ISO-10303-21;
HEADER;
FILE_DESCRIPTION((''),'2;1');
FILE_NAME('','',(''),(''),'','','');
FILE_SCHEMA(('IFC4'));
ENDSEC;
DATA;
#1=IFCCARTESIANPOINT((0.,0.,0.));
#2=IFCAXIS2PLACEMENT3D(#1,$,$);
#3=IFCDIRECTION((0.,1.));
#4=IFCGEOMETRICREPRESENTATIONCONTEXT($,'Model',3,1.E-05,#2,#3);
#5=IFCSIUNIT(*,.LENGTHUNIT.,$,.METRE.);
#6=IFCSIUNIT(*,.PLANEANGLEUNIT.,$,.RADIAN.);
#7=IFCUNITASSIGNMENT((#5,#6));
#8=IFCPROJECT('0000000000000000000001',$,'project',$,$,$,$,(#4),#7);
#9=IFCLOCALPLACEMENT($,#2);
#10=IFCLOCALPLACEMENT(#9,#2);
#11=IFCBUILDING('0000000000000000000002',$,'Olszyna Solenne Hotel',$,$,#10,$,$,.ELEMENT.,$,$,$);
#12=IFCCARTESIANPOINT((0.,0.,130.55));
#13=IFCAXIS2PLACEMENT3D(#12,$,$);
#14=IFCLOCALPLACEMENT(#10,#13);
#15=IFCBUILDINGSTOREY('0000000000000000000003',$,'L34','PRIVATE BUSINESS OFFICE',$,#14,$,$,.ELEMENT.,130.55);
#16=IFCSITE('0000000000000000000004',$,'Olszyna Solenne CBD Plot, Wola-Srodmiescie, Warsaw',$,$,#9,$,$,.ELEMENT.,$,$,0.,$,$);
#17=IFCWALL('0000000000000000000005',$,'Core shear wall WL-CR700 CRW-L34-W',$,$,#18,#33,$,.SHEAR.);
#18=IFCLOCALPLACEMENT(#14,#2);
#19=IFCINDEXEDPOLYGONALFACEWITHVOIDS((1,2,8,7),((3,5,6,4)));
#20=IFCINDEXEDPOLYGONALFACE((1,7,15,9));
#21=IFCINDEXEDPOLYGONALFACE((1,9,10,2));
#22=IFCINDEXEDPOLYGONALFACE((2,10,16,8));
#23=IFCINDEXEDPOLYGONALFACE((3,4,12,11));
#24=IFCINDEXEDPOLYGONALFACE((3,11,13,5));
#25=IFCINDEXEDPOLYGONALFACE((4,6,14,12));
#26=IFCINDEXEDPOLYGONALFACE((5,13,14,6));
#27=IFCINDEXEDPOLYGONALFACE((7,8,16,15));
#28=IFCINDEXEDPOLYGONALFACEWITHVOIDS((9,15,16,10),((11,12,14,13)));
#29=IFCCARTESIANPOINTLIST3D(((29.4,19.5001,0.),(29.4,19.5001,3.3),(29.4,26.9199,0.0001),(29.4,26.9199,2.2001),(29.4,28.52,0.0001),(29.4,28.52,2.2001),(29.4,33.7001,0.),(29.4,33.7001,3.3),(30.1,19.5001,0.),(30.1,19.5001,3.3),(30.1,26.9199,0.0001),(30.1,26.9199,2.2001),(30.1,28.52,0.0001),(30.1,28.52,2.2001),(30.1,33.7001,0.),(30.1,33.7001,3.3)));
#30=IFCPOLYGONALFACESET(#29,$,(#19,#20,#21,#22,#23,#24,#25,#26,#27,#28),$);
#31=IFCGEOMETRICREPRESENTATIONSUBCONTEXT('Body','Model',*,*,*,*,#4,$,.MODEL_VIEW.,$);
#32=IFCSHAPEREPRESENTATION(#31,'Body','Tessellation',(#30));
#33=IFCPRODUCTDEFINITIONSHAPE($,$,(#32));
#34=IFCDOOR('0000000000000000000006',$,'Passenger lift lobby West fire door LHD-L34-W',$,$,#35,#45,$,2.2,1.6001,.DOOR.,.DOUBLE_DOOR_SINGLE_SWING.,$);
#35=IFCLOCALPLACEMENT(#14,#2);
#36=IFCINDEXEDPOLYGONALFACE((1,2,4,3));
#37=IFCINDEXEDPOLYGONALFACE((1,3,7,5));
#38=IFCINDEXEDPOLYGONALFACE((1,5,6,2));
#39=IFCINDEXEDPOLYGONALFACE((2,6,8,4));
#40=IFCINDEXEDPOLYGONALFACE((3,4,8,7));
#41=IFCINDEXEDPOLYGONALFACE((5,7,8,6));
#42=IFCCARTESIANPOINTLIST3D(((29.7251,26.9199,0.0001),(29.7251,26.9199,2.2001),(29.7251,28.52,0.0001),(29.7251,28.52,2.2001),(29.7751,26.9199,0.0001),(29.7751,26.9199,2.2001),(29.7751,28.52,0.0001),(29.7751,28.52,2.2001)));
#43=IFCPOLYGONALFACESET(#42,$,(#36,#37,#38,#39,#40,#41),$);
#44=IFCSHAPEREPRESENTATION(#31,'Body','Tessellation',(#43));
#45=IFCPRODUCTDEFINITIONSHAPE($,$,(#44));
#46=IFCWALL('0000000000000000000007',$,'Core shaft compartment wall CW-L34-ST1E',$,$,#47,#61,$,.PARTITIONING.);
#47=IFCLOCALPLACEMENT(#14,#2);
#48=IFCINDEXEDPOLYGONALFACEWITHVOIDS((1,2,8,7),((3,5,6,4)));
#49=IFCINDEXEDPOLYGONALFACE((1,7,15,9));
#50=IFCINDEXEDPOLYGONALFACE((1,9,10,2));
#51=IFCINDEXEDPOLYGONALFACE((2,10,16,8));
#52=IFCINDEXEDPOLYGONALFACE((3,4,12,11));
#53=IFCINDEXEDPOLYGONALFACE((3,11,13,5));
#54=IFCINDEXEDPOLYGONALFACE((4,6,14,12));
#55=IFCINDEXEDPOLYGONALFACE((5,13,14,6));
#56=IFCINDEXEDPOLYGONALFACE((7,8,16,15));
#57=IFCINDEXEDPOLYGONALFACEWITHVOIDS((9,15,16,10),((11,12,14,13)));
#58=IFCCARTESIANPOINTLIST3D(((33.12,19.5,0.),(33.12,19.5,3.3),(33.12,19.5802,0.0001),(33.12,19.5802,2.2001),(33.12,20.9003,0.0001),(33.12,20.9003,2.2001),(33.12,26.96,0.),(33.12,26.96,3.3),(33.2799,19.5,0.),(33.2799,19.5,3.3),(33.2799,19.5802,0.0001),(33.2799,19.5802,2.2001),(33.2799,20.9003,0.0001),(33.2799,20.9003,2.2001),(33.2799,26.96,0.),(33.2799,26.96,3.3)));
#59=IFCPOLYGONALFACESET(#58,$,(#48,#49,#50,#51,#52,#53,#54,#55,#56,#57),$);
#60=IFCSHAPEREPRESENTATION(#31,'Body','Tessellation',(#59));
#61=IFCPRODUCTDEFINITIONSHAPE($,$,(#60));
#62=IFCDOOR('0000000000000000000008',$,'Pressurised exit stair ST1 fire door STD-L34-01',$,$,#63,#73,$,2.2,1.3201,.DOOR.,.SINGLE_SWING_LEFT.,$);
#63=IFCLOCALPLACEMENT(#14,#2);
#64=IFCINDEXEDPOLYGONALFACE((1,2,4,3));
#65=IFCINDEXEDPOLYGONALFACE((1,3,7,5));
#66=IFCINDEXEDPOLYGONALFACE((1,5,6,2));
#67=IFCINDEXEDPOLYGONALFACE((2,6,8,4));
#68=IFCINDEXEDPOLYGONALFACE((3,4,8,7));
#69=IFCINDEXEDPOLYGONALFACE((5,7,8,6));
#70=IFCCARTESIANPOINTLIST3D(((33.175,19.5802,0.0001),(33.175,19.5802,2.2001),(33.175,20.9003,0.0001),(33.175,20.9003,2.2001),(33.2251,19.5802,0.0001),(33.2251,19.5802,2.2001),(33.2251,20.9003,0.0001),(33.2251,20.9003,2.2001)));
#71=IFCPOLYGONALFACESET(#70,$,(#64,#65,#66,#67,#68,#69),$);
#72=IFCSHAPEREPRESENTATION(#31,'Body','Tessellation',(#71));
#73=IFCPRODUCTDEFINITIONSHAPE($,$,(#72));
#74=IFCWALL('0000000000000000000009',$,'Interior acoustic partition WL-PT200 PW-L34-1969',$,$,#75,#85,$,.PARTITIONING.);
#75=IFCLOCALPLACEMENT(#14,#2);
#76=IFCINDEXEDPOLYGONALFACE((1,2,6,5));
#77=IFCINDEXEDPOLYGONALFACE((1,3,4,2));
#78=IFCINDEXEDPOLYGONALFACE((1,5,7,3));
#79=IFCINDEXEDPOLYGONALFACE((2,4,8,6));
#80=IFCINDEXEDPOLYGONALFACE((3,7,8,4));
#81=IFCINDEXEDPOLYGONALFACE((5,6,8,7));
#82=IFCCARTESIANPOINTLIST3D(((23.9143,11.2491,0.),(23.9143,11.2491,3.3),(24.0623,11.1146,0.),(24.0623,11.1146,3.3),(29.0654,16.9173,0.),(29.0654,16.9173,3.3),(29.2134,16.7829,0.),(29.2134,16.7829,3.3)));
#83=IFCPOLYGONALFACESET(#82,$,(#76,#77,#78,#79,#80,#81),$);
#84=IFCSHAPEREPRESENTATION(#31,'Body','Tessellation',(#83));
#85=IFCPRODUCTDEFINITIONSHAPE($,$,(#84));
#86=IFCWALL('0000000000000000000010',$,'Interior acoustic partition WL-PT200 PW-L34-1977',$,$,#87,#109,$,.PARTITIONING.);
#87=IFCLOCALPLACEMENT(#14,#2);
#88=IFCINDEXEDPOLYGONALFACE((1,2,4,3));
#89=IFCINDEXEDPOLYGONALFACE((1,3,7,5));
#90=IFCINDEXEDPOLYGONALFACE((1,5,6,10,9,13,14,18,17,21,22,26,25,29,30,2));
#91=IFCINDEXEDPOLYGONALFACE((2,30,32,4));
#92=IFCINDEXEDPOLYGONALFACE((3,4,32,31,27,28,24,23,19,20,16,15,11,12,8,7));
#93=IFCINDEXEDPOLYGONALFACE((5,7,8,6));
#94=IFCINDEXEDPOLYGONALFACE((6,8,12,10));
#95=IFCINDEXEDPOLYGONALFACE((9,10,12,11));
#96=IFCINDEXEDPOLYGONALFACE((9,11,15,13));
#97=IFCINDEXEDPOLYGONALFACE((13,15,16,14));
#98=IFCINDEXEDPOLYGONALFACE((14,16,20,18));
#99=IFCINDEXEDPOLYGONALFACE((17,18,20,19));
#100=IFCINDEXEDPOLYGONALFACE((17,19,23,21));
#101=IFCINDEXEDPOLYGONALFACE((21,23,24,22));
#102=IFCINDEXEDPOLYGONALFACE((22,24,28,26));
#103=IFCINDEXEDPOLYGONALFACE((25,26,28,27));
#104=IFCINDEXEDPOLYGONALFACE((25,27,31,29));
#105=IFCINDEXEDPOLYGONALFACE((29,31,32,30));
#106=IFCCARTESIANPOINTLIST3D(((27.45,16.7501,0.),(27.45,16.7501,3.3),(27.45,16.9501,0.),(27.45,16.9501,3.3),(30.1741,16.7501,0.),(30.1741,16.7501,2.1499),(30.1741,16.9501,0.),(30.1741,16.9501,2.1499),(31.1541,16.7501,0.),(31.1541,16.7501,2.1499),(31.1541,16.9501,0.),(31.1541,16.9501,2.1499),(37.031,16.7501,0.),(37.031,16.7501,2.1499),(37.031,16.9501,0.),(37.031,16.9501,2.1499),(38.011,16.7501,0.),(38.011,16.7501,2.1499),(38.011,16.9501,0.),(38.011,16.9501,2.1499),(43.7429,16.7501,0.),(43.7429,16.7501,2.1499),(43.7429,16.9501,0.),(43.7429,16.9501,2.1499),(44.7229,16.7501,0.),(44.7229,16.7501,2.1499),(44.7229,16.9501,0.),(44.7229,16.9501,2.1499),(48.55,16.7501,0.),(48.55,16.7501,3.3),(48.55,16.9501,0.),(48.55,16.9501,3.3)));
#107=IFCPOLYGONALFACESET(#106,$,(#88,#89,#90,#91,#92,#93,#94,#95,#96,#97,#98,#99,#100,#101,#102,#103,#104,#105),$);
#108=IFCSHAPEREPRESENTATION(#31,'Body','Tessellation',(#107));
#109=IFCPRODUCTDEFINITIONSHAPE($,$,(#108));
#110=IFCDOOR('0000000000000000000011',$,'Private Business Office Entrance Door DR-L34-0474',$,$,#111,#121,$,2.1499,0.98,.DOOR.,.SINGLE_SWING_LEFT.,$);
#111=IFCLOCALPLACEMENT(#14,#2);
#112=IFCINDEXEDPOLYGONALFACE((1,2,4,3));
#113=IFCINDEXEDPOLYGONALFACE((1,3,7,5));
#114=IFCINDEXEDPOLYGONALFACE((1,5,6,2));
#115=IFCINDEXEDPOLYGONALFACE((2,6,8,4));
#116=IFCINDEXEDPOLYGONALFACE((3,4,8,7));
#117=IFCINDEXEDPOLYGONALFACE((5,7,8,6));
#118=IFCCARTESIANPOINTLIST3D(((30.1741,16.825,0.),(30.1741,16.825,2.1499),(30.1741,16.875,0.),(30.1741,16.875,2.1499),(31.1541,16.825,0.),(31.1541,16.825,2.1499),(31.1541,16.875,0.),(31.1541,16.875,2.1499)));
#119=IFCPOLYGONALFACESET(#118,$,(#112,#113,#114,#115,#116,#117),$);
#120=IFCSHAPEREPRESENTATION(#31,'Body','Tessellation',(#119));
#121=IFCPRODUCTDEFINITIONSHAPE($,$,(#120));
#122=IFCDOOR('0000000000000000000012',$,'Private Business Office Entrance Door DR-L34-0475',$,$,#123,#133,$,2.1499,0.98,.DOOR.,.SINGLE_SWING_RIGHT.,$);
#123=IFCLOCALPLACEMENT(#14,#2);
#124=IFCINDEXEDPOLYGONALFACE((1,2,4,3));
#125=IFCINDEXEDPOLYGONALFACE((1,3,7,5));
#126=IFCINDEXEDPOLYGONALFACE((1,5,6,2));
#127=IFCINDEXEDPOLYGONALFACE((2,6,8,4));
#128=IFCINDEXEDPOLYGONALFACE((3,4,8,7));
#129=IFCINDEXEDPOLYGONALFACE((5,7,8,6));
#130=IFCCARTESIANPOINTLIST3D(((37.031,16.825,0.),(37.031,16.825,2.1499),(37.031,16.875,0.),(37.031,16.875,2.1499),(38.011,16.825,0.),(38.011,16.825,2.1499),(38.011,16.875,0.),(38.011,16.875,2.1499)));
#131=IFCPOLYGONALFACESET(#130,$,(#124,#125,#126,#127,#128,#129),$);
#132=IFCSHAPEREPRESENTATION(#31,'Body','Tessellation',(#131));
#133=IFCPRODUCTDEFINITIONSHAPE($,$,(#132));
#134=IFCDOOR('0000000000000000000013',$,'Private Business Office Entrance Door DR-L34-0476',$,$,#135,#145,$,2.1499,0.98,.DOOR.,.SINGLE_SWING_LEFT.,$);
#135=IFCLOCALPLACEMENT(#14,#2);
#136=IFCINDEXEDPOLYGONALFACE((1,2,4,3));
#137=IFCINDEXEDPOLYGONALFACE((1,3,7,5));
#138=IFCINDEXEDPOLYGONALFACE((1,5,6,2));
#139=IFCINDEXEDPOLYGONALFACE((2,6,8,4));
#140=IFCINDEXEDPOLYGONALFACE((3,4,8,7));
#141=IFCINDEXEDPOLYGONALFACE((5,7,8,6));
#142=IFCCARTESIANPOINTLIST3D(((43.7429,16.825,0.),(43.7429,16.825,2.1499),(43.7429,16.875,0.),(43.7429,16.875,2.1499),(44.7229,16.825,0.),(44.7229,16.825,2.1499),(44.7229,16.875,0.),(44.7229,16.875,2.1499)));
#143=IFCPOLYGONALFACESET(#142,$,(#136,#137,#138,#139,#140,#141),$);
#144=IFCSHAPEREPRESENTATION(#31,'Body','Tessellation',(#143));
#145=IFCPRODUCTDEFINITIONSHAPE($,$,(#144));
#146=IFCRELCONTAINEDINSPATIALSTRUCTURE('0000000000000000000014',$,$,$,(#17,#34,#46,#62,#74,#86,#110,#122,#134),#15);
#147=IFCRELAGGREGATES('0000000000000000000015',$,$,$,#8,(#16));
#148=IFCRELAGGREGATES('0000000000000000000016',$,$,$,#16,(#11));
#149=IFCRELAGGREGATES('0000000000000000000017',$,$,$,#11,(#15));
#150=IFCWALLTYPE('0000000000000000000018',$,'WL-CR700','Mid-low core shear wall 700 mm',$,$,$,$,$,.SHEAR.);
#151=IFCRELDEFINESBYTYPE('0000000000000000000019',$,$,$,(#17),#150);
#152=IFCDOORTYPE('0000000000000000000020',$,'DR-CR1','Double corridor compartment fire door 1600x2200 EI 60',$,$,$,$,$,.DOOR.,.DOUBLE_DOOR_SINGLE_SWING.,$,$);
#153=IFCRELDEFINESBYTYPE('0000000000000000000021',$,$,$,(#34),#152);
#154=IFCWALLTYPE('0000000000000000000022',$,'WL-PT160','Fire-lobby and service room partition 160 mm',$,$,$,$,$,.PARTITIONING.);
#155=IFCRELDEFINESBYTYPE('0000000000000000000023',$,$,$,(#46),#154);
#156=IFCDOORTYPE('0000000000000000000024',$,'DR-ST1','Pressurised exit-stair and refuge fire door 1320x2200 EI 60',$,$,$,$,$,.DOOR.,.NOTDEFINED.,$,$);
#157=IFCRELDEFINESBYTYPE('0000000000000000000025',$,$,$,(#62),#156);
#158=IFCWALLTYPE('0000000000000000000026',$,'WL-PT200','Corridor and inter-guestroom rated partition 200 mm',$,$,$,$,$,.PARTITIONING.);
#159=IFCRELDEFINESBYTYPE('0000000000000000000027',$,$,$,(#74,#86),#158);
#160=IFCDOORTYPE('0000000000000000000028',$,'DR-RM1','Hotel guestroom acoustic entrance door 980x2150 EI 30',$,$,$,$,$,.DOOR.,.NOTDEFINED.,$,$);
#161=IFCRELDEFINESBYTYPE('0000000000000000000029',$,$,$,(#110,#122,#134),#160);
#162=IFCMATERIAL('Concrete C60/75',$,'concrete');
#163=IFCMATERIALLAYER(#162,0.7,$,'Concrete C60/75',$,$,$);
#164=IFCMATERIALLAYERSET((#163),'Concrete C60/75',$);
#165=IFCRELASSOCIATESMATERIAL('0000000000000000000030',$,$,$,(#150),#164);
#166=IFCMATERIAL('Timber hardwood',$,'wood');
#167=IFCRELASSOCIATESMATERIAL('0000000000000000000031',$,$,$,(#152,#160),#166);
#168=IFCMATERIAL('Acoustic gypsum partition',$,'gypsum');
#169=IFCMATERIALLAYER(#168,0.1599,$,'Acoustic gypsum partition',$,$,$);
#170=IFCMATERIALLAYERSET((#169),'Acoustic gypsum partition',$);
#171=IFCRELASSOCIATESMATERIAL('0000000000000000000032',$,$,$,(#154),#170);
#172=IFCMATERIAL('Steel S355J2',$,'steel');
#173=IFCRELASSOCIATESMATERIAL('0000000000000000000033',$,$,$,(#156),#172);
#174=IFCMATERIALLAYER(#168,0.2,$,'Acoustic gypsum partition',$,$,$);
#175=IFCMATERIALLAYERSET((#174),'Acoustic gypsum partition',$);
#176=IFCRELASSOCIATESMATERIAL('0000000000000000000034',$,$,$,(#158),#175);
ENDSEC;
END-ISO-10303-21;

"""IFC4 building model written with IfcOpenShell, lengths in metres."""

from ifc_helpers import new_model, si_unit, direction, frame, frame_2d, origin, place, context, subcontext, project, spatial, rectangle, extrude, source, transform, mapped, material, layer, layer_set, type_object, type_shapes, element, fill, save


model = new_model("IFC4")

# Units and contexts
model_context = context("Model", 3, precision=1e-05, world=origin(), true_north=direction((0.0, 1.0)))
body_context = subcontext(model_context, "Body", "Model", "MODEL_VIEW")
ifc_project = project(units=[si_unit("LENGTHUNIT", "METRE"), si_unit("PLANEANGLEUNIT", "RADIAN")], contexts=[model_context])

# Site, building, storey
site_placement = place(None, origin())
site = spatial("IfcSite", under=ifc_project, at=site_placement, Name="Olszyna Solenne CBD Plot, Wola-Srodmiescie, Warsaw", CompositionType="ELEMENT", RefElevation=0.0)
building_placement = place(site_placement, origin())
building = spatial("IfcBuilding", under=site, at=building_placement, Name="Olszyna Solenne Hotel", CompositionType="ELEMENT")
storey_placement = place(building_placement, frame((0.0, 0.0, 130.55)))
storey = spatial("IfcBuildingStorey", under=building, at=storey_placement, Name="L34", Description="PRIVATE BUSINESS OFFICE", CompositionType="ELEMENT", Elevation=130.55)

# Shared definitions
ifc_material_1 = material(Name="Steel S355J2", Category="steel")

# Walls, openings, doors
ifc_material_2 = material(Name="Concrete C60/75", Category="concrete")
ifc_layer_1 = layer(ifc_material_2, 0.7, Name="Concrete C60/75")
ifc_layer_set_1 = layer_set([ifc_layer_1], Name="Concrete C60/75")
wall_type_1 = type_object("IfcWallType", Name="WL-CR700", Description="Mid-low core shear wall 700 mm", PredefinedType="SHEAR", material=ifc_layer_set_1)
wall_1_placement = place(storey_placement, frame((29.75, 19.5, 0.0), z_axis=(0.0, 0.0, 1.0), x_axis=(0.0, 1.0, 0.0)))
wall_1 = element("IfcWall", 1, at=wall_1_placement, inside=storey, type_object=wall_type_1, Name="Core shear wall WL-CR700 CRW-L34-W", PredefinedType="SHEAR", context=body_context, shape_type="SweptSolid", body=[
    extrude(rectangle(XDim=14.2, YDim=0.7, at=frame_2d((7.1001, 0.0))), origin(), (0.0, 0.0, 1.0), 3.3),
])
opening_1_placement = place(wall_1_placement, frame((7.4199, 0.0, 0.0)))
opening_1 = element("IfcOpeningElement", 2, at=opening_1_placement, cuts=wall_1, PredefinedType="OPENING", context=body_context, shape_type="SweptSolid", body=[
    extrude(rectangle(XDim=1.6001, YDim=2.2, at=frame_2d((0.8, 1.1001))), frame((0.0, 0.3599, 0.0), z_axis=(0.0, -1.0, 0.0), x_axis=(1.0, 0.0, 0.0)), (0.0, 0.0, 1.0), 0.72),
])
ifc_material_3 = material(Name="Timber hardwood", Category="wood")
door_type_1 = type_object("IfcDoorType", Name="DR-CR1", Description="Double corridor compartment fire door 1600x2200 EI 60", OperationType="DOUBLE_DOOR_SINGLE_SWING", PredefinedType="DOOR", material=ifc_material_3)
shared_shape_1 = source(origin(), body_context, "Body", "SweptSolid", [
    extrude(rectangle(XDim=1.6001, YDim=2.2, at=frame_2d((0.8, 1.1001))), frame((0.0, 0.0249, 0.0), z_axis=(0.0, -1.0, 0.0), x_axis=(1.0, 0.0, 0.0)), (0.0, 0.0, 1.0), 0.05),
])
type_shapes(door_type_1, [shared_shape_1])
door_1_placement = place(opening_1_placement, origin())
door_1 = element("IfcDoor", 3, at=door_1_placement, inside=storey, type_object=door_type_1, Name="Passenger lift lobby West fire door LHD-L34-W", OperationType="DOUBLE_DOOR_SINGLE_SWING", OverallHeight=2.2, OverallWidth=1.6001, PredefinedType="DOOR", context=body_context, shape_type="MappedRepresentation", body=[
    mapped(shared_shape_1, transform((0.0, 0.0, 0.0), x_axis=(1.0, 0.0, 0.0), y_axis=(0.0, 1.0, 0.0), z_axis=(0.0, 0.0, 1.0), scale=1.0)),
])
fill(opening_1, door_1)
ifc_material_4 = material(Name="Acoustic gypsum partition", Category="gypsum")
ifc_layer_2 = layer(ifc_material_4, 0.1599, Name="Acoustic gypsum partition")
ifc_layer_set_2 = layer_set([ifc_layer_2], Name="Acoustic gypsum partition")
wall_type_2 = type_object("IfcWallType", Name="WL-PT160", Description="Fire-lobby and service room partition 160 mm", PredefinedType="PARTITIONING", material=ifc_layer_set_2)
wall_2_placement = place(storey_placement, frame((33.2, 19.5, 0.0), z_axis=(0.0, 0.0, 1.0), x_axis=(0.0, 1.0, 0.0)))
wall_2 = element("IfcWall", 4, at=wall_2_placement, inside=storey, type_object=wall_type_2, Name="Core shaft compartment wall CW-L34-ST1E", PredefinedType="PARTITIONING", context=body_context, shape_type="SweptSolid", body=[
    extrude(rectangle(XDim=7.46, YDim=0.1599, at=frame_2d((3.73, 0.0))), origin(), (0.0, 0.0, 1.0), 3.3),
])
opening_2_placement = place(wall_2_placement, frame((0.0801, 0.0, 0.0)))
opening_2 = element("IfcOpeningElement", 5, at=opening_2_placement, cuts=wall_2, PredefinedType="OPENING", context=body_context, shape_type="SweptSolid", body=[
    extrude(rectangle(XDim=1.3201, YDim=2.2, at=frame_2d((0.6602, 1.1001))), frame((0.0, 0.0898, 0.0), z_axis=(0.0, -1.0, 0.0), x_axis=(1.0, 0.0, 0.0)), (0.0, 0.0, 1.0), 0.1799),
])
door_type_2 = type_object("IfcDoorType", Name="DR-ST1", Description="Pressurised exit-stair and refuge fire door 1320x2200 EI 60", OperationType="NOTDEFINED", PredefinedType="DOOR", material=ifc_material_1)
shared_shape_2 = source(origin(), body_context, "Body", "SweptSolid", [
    extrude(rectangle(XDim=1.3201, YDim=2.2, at=frame_2d((0.6602, 1.1001))), frame((0.0, 0.0249, 0.0), z_axis=(0.0, -1.0, 0.0), x_axis=(1.0, 0.0, 0.0)), (0.0, 0.0, 1.0), 0.05),
])
type_shapes(door_type_2, [shared_shape_2])
door_2_placement = place(opening_2_placement, origin())
door_2 = element("IfcDoor", 6, at=door_2_placement, inside=storey, type_object=door_type_2, Name="Pressurised exit stair ST1 fire door STD-L34-01", OperationType="SINGLE_SWING_LEFT", OverallHeight=2.2, OverallWidth=1.3201, PredefinedType="DOOR", context=body_context, shape_type="MappedRepresentation", body=[
    mapped(shared_shape_2, transform((0.0, 0.0, 0.0), x_axis=(1.0, 0.0, 0.0), y_axis=(0.0, 1.0, 0.0), z_axis=(0.0, 0.0, 1.0), scale=1.0)),
])
fill(opening_2, door_2)

# Wall
ifc_layer_3 = layer(ifc_material_4, 0.2, Name="Acoustic gypsum partition")
ifc_layer_set_3 = layer_set([ifc_layer_3], Name="Acoustic gypsum partition")
wall_type_3 = type_object("IfcWallType", Name="WL-PT200", Description="Corridor and inter-guestroom rated partition 200 mm", PredefinedType="PARTITIONING", material=ifc_layer_set_3)
wall_3_placement = place(storey_placement, frame((29.1394, 16.8501, 0.0), z_axis=(0.0, 0.0, 1.0), x_axis=(-0.672544, -0.740057, 0.0)))
element("IfcWall", 7, at=wall_3_placement, inside=storey, type_object=wall_type_3, Name="Interior acoustic partition WL-PT200 PW-L34-1969", PredefinedType="PARTITIONING", context=body_context, shape_type="SweptSolid", body=[
    extrude(rectangle(XDim=7.6592, YDim=0.2, at=frame_2d((3.8296, 0.0))), origin(), (0.0, 0.0, 1.0), 3.3),
])

# Wall, openings, doors
wall_4_placement = place(storey_placement, frame((27.45, 16.8501, 0.0), z_axis=(0.0, 0.0, 1.0), x_axis=(1.0, 0.0, 0.0)))
wall_4 = element("IfcWall", 8, at=wall_4_placement, inside=storey, type_object=wall_type_3, Name="Interior acoustic partition WL-PT200 PW-L34-1977", PredefinedType="PARTITIONING", context=body_context, shape_type="SweptSolid", body=[
    extrude(rectangle(XDim=21.1001, YDim=0.2, at=frame_2d((10.55, 0.0))), origin(), (0.0, 0.0, 1.0), 3.3),
])
opening_3_placement = place(wall_4_placement, frame((2.7241, 0.0, 0.0)))
opening_3 = element("IfcOpeningElement", 9, at=opening_3_placement, cuts=wall_4, PredefinedType="OPENING", context=body_context, shape_type="SweptSolid", body=[
    extrude(rectangle(XDim=0.98, YDim=2.1499, at=frame_2d((0.49, 1.075))), frame((0.0, 0.1099, 0.0), z_axis=(0.0, -1.0, 0.0), x_axis=(1.0, 0.0, 0.0)), (0.0, 0.0, 1.0), 0.22),
])
opening_4_placement = place(wall_4_placement, frame((9.5811, 0.0, 0.0)))
opening_4 = element("IfcOpeningElement", 10, at=opening_4_placement, cuts=wall_4, PredefinedType="OPENING", context=body_context, shape_type="SweptSolid", body=[
    extrude(rectangle(XDim=0.98, YDim=2.1499, at=frame_2d((0.49, 1.075))), frame((0.0, 0.1099, 0.0), z_axis=(0.0, -1.0, 0.0), x_axis=(1.0, 0.0, 0.0)), (0.0, 0.0, 1.0), 0.22),
])
opening_5_placement = place(wall_4_placement, frame((16.293, 0.0, 0.0)))
opening_5 = element("IfcOpeningElement", 11, at=opening_5_placement, cuts=wall_4, PredefinedType="OPENING", context=body_context, shape_type="SweptSolid", body=[
    extrude(rectangle(XDim=0.98, YDim=2.1499, at=frame_2d((0.49, 1.075))), frame((0.0, 0.1099, 0.0), z_axis=(0.0, -1.0, 0.0), x_axis=(1.0, 0.0, 0.0)), (0.0, 0.0, 1.0), 0.22),
])
door_type_3 = type_object("IfcDoorType", Name="DR-RM1", Description="Hotel guestroom acoustic entrance door 980x2150 EI 30", OperationType="NOTDEFINED", PredefinedType="DOOR", material=ifc_material_3)
shared_shape_3 = source(origin(), body_context, "Body", "SweptSolid", [
    extrude(rectangle(XDim=0.98, YDim=2.1499, at=frame_2d((0.49, 1.075))), frame((0.0, 0.0249, 0.0), z_axis=(0.0, -1.0, 0.0), x_axis=(1.0, 0.0, 0.0)), (0.0, 0.0, 1.0), 0.05),
])
type_shapes(door_type_3, [shared_shape_3])
door_3_placement = place(opening_3_placement, origin())
door_3 = element("IfcDoor", 12, at=door_3_placement, inside=storey, type_object=door_type_3, Name="Private Business Office Entrance Door DR-L34-0474", OperationType="SINGLE_SWING_LEFT", OverallHeight=2.1499, OverallWidth=0.98, PredefinedType="DOOR", context=body_context, shape_type="MappedRepresentation", body=[
    mapped(shared_shape_3, transform((0.0, 0.0, 0.0), x_axis=(1.0, 0.0, 0.0), y_axis=(0.0, 1.0, 0.0), z_axis=(0.0, 0.0, 1.0), scale=1.0)),
])
fill(opening_3, door_3)
door_4_placement = place(opening_4_placement, origin())
door_4 = element("IfcDoor", 13, at=door_4_placement, inside=storey, type_object=door_type_3, Name="Private Business Office Entrance Door DR-L34-0475", OperationType="SINGLE_SWING_RIGHT", OverallHeight=2.1499, OverallWidth=0.98, PredefinedType="DOOR", context=body_context, shape_type="MappedRepresentation", body=[
    mapped(shared_shape_3, transform((0.0, 0.0, 0.0), x_axis=(1.0, 0.0, 0.0), y_axis=(0.0, 1.0, 0.0), z_axis=(0.0, 0.0, 1.0), scale=1.0)),
])
fill(opening_4, door_4)
door_5_placement = place(opening_5_placement, origin())
door_5 = element("IfcDoor", 14, at=door_5_placement, inside=storey, type_object=door_type_3, Name="Private Business Office Entrance Door DR-L34-0476", OperationType="SINGLE_SWING_LEFT", OverallHeight=2.1499, OverallWidth=0.98, PredefinedType="DOOR", context=body_context, shape_type="MappedRepresentation", body=[
    mapped(shared_shape_3, transform((0.0, 0.0, 0.0), x_axis=(1.0, 0.0, 0.0), y_axis=(0.0, 1.0, 0.0), z_axis=(0.0, 0.0, 1.0), scale=1.0)),
])
fill(opening_5, door_5)

save(model, "model.ifc")
